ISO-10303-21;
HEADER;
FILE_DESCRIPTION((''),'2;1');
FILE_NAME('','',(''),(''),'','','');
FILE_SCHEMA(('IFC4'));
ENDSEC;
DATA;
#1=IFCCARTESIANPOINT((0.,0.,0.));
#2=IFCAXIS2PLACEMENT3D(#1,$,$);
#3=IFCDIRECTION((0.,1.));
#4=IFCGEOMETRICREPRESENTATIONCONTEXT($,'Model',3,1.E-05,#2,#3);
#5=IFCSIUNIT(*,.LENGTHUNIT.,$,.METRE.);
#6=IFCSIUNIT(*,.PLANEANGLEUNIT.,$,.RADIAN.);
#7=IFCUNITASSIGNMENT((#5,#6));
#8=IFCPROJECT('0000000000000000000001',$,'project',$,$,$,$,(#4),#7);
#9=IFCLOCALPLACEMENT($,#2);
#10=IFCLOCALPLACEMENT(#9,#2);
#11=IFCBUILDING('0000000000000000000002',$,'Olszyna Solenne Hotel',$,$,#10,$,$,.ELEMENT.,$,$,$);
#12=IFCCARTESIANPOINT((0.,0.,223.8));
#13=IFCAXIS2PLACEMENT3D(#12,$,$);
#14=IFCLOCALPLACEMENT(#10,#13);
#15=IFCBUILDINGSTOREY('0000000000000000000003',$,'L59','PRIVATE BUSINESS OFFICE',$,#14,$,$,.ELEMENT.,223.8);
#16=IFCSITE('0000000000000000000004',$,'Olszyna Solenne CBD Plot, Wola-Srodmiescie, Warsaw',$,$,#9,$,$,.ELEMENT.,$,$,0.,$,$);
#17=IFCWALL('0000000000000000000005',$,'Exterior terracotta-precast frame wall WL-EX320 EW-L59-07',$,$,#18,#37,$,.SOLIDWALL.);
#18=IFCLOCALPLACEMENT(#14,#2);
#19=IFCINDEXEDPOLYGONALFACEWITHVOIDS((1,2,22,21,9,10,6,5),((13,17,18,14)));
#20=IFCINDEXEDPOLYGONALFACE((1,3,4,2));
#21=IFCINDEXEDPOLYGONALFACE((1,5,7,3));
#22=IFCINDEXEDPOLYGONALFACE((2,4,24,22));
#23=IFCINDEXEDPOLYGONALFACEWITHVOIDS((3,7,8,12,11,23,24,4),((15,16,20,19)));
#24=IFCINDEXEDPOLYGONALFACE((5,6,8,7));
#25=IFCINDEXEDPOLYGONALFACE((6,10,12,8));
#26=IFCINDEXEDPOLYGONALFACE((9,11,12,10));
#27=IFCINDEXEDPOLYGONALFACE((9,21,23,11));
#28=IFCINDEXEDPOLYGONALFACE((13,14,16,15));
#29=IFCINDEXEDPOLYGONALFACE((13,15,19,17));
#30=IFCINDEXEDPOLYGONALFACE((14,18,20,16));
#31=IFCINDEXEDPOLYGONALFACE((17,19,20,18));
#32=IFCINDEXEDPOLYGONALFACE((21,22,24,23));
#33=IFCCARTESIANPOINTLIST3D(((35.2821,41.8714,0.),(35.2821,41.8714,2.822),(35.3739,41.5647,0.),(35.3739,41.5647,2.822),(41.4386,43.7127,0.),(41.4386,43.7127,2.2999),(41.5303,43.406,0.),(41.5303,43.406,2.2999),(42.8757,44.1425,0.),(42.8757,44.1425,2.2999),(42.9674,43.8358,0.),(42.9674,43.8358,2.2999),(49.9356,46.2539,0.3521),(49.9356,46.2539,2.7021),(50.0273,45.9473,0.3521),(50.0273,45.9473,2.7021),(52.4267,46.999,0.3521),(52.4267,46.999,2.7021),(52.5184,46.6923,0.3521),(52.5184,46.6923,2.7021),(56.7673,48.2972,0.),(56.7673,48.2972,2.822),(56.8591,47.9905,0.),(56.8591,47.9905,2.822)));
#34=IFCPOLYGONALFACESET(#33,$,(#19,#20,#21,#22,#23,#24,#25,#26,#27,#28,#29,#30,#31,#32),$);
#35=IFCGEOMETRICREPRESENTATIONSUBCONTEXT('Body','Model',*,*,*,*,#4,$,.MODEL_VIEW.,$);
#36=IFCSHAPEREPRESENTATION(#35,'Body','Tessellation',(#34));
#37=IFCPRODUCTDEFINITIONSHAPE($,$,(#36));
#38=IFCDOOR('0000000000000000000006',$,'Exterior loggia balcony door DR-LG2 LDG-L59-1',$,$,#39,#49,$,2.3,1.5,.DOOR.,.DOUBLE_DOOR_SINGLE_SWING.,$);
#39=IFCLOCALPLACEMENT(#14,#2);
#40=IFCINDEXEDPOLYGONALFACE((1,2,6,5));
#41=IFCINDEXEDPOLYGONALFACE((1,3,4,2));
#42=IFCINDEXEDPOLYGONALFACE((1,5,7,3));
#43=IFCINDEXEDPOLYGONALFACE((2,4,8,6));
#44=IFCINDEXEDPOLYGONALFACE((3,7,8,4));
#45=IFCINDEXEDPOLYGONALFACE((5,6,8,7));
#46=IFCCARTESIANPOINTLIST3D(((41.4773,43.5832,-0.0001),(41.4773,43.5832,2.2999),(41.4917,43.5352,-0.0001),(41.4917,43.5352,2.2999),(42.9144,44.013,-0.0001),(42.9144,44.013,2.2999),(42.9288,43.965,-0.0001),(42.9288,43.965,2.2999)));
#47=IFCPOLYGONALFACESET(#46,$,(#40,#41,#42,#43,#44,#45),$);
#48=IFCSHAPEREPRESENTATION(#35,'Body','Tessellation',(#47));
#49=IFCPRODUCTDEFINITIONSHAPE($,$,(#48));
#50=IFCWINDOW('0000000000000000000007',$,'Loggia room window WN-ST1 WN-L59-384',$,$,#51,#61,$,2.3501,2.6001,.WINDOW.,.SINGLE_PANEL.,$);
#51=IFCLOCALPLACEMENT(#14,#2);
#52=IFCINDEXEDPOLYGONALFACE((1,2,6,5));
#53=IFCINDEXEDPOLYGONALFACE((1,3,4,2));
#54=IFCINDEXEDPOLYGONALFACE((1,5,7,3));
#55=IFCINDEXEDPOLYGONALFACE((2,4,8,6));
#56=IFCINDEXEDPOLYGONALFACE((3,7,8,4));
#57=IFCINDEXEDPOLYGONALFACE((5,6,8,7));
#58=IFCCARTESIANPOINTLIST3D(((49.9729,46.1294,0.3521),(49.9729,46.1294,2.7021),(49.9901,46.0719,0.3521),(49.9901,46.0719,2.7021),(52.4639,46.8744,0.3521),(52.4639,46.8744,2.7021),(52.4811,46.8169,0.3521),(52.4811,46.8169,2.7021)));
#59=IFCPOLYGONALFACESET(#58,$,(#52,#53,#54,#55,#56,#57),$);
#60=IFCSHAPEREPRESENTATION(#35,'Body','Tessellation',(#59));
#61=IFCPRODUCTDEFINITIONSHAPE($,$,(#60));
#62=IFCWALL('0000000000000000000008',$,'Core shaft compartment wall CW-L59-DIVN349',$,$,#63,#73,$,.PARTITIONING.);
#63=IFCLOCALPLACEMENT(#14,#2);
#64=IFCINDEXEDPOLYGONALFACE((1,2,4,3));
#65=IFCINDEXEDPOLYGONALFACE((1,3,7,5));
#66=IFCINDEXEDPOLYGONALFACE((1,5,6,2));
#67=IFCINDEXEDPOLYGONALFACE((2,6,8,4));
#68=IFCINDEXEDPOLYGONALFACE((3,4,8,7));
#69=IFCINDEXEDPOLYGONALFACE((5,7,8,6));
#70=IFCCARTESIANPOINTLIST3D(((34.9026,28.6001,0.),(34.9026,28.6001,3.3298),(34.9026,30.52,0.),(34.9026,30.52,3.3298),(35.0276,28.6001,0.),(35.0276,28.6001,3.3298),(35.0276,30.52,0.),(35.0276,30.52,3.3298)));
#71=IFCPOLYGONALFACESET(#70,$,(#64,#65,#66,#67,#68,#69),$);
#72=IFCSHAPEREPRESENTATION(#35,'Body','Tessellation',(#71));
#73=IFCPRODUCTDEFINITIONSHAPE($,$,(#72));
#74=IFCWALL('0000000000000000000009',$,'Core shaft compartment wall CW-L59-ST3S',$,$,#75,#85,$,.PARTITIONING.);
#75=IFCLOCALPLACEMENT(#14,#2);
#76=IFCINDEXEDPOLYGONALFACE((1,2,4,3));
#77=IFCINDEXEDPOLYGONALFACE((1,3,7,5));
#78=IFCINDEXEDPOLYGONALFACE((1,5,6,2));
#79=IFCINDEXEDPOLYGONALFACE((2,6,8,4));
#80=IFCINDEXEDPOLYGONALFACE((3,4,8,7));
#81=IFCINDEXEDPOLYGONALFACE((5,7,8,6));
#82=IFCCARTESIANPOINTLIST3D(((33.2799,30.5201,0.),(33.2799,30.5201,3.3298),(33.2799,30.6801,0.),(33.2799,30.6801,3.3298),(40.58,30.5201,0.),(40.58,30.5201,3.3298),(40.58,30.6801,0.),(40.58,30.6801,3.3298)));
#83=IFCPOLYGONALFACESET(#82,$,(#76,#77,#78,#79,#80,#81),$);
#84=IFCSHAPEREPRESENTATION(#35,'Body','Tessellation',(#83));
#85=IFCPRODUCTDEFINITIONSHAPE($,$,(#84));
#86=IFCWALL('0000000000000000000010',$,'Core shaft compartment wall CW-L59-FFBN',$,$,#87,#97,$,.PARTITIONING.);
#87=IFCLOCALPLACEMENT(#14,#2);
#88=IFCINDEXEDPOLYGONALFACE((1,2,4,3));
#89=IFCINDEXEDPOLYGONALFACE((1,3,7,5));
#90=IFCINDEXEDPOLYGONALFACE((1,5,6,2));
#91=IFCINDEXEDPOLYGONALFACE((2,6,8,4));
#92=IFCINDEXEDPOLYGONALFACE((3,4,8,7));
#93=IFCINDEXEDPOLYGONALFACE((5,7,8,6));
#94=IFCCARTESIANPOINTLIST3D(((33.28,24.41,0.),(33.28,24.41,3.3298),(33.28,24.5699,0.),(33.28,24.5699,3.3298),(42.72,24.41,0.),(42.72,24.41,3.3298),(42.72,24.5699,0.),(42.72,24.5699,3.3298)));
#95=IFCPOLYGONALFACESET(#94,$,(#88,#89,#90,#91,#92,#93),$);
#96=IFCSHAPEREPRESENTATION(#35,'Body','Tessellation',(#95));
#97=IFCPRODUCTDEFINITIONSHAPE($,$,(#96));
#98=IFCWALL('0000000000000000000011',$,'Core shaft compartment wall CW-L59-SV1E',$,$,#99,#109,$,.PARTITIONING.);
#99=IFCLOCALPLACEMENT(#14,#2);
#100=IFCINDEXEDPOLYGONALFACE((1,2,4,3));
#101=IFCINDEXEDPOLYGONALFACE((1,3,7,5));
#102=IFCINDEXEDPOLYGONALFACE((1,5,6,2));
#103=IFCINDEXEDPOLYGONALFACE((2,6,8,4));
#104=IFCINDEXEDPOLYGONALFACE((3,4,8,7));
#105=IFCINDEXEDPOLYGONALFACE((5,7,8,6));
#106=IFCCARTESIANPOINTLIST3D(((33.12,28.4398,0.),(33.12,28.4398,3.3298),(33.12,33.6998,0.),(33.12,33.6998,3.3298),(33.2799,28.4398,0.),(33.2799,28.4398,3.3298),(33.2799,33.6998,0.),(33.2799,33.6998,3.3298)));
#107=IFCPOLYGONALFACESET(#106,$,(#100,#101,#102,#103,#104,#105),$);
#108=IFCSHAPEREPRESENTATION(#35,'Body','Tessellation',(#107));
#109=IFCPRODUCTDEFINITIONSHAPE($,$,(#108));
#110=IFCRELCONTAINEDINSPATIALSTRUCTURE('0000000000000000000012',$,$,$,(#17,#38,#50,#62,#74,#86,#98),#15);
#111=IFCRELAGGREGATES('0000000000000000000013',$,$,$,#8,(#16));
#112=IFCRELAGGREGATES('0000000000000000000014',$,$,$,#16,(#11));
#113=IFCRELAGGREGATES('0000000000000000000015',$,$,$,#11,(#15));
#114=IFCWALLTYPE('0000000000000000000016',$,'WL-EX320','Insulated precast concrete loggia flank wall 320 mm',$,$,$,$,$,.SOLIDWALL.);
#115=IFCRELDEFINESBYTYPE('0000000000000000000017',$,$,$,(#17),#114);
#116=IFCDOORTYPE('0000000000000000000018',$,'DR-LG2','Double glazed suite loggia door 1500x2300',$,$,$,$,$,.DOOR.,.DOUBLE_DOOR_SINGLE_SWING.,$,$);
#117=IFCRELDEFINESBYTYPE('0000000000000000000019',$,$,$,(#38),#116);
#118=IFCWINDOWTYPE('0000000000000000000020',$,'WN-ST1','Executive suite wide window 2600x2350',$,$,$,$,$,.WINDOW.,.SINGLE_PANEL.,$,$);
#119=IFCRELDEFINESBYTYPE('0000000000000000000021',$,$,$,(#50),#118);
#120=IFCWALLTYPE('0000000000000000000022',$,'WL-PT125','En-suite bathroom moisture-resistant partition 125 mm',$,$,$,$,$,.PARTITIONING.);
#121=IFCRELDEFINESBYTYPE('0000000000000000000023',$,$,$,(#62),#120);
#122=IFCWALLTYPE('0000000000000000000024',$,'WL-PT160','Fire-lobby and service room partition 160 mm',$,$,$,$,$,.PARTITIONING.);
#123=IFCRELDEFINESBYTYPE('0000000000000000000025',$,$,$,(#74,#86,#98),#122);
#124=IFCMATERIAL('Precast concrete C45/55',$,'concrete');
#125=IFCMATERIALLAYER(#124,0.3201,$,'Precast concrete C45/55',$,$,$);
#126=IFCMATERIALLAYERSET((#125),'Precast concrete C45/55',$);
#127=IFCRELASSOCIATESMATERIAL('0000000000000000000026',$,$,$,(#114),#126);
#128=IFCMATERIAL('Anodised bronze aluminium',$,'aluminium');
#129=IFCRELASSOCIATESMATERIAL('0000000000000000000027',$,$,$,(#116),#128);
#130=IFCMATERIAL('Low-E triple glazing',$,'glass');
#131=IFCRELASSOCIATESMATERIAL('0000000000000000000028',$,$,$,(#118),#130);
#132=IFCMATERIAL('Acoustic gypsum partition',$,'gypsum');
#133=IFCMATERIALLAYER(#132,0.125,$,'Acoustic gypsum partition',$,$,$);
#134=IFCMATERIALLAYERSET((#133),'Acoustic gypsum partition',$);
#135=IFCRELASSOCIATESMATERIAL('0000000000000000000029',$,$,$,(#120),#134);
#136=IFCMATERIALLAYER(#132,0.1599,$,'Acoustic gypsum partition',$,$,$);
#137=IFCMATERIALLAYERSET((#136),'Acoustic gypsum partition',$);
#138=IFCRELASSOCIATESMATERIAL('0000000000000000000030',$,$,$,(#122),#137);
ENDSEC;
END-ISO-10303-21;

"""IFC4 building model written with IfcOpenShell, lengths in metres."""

from ifc_helpers import new_model, si_unit, direction, frame, frame_2d, origin, place, context, subcontext, project, spatial, rectangle, extrude, source, transform, mapped, material, layer, layer_set, type_object, type_shapes, element, fill, save


model = new_model("IFC4")

# Units and contexts
model_context = context("Model", 3, precision=1e-05, world=origin(), true_north=direction((0.0, 1.0)))
body_context = subcontext(model_context, "Body", "Model", "MODEL_VIEW")
ifc_project = project(units=[si_unit("LENGTHUNIT", "METRE"), si_unit("PLANEANGLEUNIT", "RADIAN")], contexts=[model_context])

# Site, building, storey
site_placement = place(None, origin())
site = spatial("IfcSite", under=ifc_project, at=site_placement, Name="Olszyna Solenne CBD Plot, Wola-Srodmiescie, Warsaw", CompositionType="ELEMENT", RefElevation=0.0)
building_placement = place(site_placement, origin())
building = spatial("IfcBuilding", under=site, at=building_placement, Name="Olszyna Solenne Hotel", CompositionType="ELEMENT")
storey_placement = place(building_placement, frame((0.0, 0.0, 223.8)))
storey = spatial("IfcBuildingStorey", under=building, at=storey_placement, Name="L59", Description="PRIVATE BUSINESS OFFICE", CompositionType="ELEMENT", Elevation=223.8)

# Wall, openings, door, window
ifc_material_1 = material(Name="Precast concrete C45/55", Category="concrete")
ifc_layer_1 = layer(ifc_material_1, 0.3201, Name="Precast concrete C45/55")
ifc_layer_set_1 = layer_set([ifc_layer_1], Name="Precast concrete C45/55")
wall_type_1 = type_object("IfcWallType", Name="WL-EX320", Description="Insulated precast concrete loggia flank wall 320 mm", PredefinedType="SOLIDWALL", material=ifc_layer_set_1)
wall_1_placement = place(storey_placement, frame((35.3279, 41.718, 0.0), z_axis=(0.0, 0.0, 1.0), x_axis=(0.958068, 0.28654, 0.0)))
wall_1 = element("IfcWall", 1, at=wall_1_placement, inside=storey, type_object=wall_type_1, Name="Exterior terracotta-precast frame wall WL-EX320 EW-L59-07", PredefinedType="SOLIDWALL", context=body_context, shape_type="SweptSolid", body=[
    extrude(rectangle(XDim=22.4255, YDim=0.3201, at=frame_2d((11.2129, 0.0))), origin(), (0.0, 0.0, 1.0), 2.822),
])
opening_1_placement = place(wall_1_placement, frame((6.426, 0.0, 0.0)))
opening_1 = element("IfcOpeningElement", 2, at=opening_1_placement, cuts=wall_1, PredefinedType="OPENING", context=body_context, shape_type="SweptSolid", body=[
    extrude(rectangle(XDim=1.5, YDim=2.3, at=frame_2d((0.75, 1.1499))), frame((0.0, 0.1699, 0.0), z_axis=(0.0, -1.0, 0.0), x_axis=(1.0, 0.0, 0.0)), (0.0, 0.0, 1.0), 0.3401),
])
opening_2_placement = place(wall_1_placement, frame((15.2949, 0.0, 0.3521)))
opening_2 = element("IfcOpeningElement", 3, at=opening_2_placement, cuts=wall_1, PredefinedType="OPENING", context=body_context, shape_type="SweptSolid", body=[
    extrude(rectangle(XDim=2.6001, YDim=2.3501, at=frame_2d((1.3, 1.175))), frame((0.0, 0.1699, 0.0), z_axis=(0.0, -1.0, 0.0), x_axis=(1.0, 0.0, 0.0)), (0.0, 0.0, 1.0), 0.3401),
])
ifc_material_2 = material(Name="Anodised bronze aluminium", Category="aluminium")
door_type_1 = type_object("IfcDoorType", Name="DR-LG2", Description="Double glazed suite loggia door 1500x2300", OperationType="DOUBLE_DOOR_SINGLE_SWING", PredefinedType="DOOR", material=ifc_material_2)
shared_shape_1 = source(origin(), body_context, "Body", "SweptSolid", [
    extrude(rectangle(XDim=1.5, YDim=2.3, at=frame_2d((0.75, 1.1499))), frame((0.0, 0.0249, 0.0), z_axis=(0.0, -1.0, 0.0), x_axis=(1.0, 0.0, 0.0)), (0.0, 0.0, 1.0), 0.05),
])
type_shapes(door_type_1, [shared_shape_1])
door_1_placement = place(opening_1_placement, origin())
door_1 = element("IfcDoor", 4, at=door_1_placement, inside=storey, type_object=door_type_1, Name="Exterior loggia balcony door DR-LG2 LDG-L59-1", OperationType="DOUBLE_DOOR_SINGLE_SWING", OverallHeight=2.3, OverallWidth=1.5, PredefinedType="DOOR", context=body_context, shape_type="MappedRepresentation", body=[
    mapped(shared_shape_1, transform((0.0, 0.0, 0.0), x_axis=(1.0, 0.0, 0.0), y_axis=(0.0, 1.0, 0.0), z_axis=(0.0, 0.0, 1.0), scale=1.0)),
])
fill(opening_1, door_1)
ifc_material_3 = material(Name="Low-E triple glazing", Category="glass")
window_type = type_object("IfcWindowType", Name="WN-ST1", Description="Executive suite wide window 2600x2350", PartitioningType="SINGLE_PANEL", PredefinedType="WINDOW", material=ifc_material_3)
shared_shape_2 = source(origin(), body_context, "Body", "SweptSolid", [
    extrude(rectangle(XDim=2.6001, YDim=2.3501, at=frame_2d((1.3, 1.175))), frame((0.0, 0.03, 0.0), z_axis=(0.0, -1.0, 0.0), x_axis=(1.0, 0.0, 0.0)), (0.0, 0.0, 1.0), 0.0601),
])
type_shapes(window_type, [shared_shape_2])
window_placement = place(opening_2_placement, origin())
window = element("IfcWindow", 5, at=window_placement, inside=storey, type_object=window_type, Name="Loggia room window WN-ST1 WN-L59-384", OverallHeight=2.3501, OverallWidth=2.6001, PartitioningType="SINGLE_PANEL", PredefinedType="WINDOW", context=body_context, shape_type="MappedRepresentation", body=[
    mapped(shared_shape_2, transform((0.0, 0.0, 0.0), x_axis=(1.0, 0.0, 0.0), y_axis=(0.0, 1.0, 0.0), z_axis=(0.0, 0.0, 1.0), scale=1.0)),
])
fill(opening_2, window)

# Walls
ifc_material_4 = material(Name="Acoustic gypsum partition", Category="gypsum")
ifc_layer_2 = layer(ifc_material_4, 0.125, Name="Acoustic gypsum partition")
ifc_layer_set_2 = layer_set([ifc_layer_2], Name="Acoustic gypsum partition")
wall_type_2 = type_object("IfcWallType", Name="WL-PT125", Description="En-suite bathroom moisture-resistant partition 125 mm", PredefinedType="PARTITIONING", material=ifc_layer_set_2)
wall_2_placement = place(storey_placement, frame((34.9651, 28.6001, 0.0), z_axis=(0.0, 0.0, 1.0), x_axis=(0.0, 1.0, 0.0)))
element("IfcWall", 6, at=wall_2_placement, inside=storey, type_object=wall_type_2, Name="Core shaft compartment wall CW-L59-DIVN349", PredefinedType="PARTITIONING", context=body_context, shape_type="SweptSolid", body=[
    extrude(rectangle(XDim=1.9199, YDim=0.125, at=frame_2d((0.96, 0.0))), origin(), (0.0, 0.0, 1.0), 3.3298),
])
ifc_layer_3 = layer(ifc_material_4, 0.1599, Name="Acoustic gypsum partition")
ifc_layer_set_3 = layer_set([ifc_layer_3], Name="Acoustic gypsum partition")
wall_type_3 = type_object("IfcWallType", Name="WL-PT160", Description="Fire-lobby and service room partition 160 mm", PredefinedType="PARTITIONING", material=ifc_layer_set_3)
wall_3_placement = place(storey_placement, frame((33.28, 30.6001, 0.0), z_axis=(0.0, 0.0, 1.0), x_axis=(1.0, 0.0, 0.0)))
element("IfcWall", 7, at=wall_3_placement, inside=storey, type_object=wall_type_3, Name="Core shaft compartment wall CW-L59-ST3S", PredefinedType="PARTITIONING", context=body_context, shape_type="SweptSolid", body=[
    extrude(rectangle(XDim=7.3, YDim=0.1599, at=frame_2d((3.6499, 0.0))), origin(), (0.0, 0.0, 1.0), 3.3298),
])
wall_4_placement = place(storey_placement, frame((33.28, 24.49, 0.0), z_axis=(0.0, 0.0, 1.0), x_axis=(1.0, 0.0, 0.0)))
element("IfcWall", 8, at=wall_4_placement, inside=storey, type_object=wall_type_3, Name="Core shaft compartment wall CW-L59-FFBN", PredefinedType="PARTITIONING", context=body_context, shape_type="SweptSolid", body=[
    extrude(rectangle(XDim=9.4399, YDim=0.1599, at=frame_2d((4.72, 0.0))), origin(), (0.0, 0.0, 1.0), 3.3298),
])
wall_5_placement = place(storey_placement, frame((33.2, 28.4399, 0.0), z_axis=(0.0, 0.0, 1.0), x_axis=(0.0, 1.0, 0.0)))
element("IfcWall", 9, at=wall_5_placement, inside=storey, type_object=wall_type_3, Name="Core shaft compartment wall CW-L59-SV1E", PredefinedType="PARTITIONING", context=body_context, shape_type="SweptSolid", body=[
    extrude(rectangle(XDim=5.26, YDim=0.1599, at=frame_2d((2.6299, 0.0))), origin(), (0.0, 0.0, 1.0), 3.3298),
])

save(model, "model.ifc")
